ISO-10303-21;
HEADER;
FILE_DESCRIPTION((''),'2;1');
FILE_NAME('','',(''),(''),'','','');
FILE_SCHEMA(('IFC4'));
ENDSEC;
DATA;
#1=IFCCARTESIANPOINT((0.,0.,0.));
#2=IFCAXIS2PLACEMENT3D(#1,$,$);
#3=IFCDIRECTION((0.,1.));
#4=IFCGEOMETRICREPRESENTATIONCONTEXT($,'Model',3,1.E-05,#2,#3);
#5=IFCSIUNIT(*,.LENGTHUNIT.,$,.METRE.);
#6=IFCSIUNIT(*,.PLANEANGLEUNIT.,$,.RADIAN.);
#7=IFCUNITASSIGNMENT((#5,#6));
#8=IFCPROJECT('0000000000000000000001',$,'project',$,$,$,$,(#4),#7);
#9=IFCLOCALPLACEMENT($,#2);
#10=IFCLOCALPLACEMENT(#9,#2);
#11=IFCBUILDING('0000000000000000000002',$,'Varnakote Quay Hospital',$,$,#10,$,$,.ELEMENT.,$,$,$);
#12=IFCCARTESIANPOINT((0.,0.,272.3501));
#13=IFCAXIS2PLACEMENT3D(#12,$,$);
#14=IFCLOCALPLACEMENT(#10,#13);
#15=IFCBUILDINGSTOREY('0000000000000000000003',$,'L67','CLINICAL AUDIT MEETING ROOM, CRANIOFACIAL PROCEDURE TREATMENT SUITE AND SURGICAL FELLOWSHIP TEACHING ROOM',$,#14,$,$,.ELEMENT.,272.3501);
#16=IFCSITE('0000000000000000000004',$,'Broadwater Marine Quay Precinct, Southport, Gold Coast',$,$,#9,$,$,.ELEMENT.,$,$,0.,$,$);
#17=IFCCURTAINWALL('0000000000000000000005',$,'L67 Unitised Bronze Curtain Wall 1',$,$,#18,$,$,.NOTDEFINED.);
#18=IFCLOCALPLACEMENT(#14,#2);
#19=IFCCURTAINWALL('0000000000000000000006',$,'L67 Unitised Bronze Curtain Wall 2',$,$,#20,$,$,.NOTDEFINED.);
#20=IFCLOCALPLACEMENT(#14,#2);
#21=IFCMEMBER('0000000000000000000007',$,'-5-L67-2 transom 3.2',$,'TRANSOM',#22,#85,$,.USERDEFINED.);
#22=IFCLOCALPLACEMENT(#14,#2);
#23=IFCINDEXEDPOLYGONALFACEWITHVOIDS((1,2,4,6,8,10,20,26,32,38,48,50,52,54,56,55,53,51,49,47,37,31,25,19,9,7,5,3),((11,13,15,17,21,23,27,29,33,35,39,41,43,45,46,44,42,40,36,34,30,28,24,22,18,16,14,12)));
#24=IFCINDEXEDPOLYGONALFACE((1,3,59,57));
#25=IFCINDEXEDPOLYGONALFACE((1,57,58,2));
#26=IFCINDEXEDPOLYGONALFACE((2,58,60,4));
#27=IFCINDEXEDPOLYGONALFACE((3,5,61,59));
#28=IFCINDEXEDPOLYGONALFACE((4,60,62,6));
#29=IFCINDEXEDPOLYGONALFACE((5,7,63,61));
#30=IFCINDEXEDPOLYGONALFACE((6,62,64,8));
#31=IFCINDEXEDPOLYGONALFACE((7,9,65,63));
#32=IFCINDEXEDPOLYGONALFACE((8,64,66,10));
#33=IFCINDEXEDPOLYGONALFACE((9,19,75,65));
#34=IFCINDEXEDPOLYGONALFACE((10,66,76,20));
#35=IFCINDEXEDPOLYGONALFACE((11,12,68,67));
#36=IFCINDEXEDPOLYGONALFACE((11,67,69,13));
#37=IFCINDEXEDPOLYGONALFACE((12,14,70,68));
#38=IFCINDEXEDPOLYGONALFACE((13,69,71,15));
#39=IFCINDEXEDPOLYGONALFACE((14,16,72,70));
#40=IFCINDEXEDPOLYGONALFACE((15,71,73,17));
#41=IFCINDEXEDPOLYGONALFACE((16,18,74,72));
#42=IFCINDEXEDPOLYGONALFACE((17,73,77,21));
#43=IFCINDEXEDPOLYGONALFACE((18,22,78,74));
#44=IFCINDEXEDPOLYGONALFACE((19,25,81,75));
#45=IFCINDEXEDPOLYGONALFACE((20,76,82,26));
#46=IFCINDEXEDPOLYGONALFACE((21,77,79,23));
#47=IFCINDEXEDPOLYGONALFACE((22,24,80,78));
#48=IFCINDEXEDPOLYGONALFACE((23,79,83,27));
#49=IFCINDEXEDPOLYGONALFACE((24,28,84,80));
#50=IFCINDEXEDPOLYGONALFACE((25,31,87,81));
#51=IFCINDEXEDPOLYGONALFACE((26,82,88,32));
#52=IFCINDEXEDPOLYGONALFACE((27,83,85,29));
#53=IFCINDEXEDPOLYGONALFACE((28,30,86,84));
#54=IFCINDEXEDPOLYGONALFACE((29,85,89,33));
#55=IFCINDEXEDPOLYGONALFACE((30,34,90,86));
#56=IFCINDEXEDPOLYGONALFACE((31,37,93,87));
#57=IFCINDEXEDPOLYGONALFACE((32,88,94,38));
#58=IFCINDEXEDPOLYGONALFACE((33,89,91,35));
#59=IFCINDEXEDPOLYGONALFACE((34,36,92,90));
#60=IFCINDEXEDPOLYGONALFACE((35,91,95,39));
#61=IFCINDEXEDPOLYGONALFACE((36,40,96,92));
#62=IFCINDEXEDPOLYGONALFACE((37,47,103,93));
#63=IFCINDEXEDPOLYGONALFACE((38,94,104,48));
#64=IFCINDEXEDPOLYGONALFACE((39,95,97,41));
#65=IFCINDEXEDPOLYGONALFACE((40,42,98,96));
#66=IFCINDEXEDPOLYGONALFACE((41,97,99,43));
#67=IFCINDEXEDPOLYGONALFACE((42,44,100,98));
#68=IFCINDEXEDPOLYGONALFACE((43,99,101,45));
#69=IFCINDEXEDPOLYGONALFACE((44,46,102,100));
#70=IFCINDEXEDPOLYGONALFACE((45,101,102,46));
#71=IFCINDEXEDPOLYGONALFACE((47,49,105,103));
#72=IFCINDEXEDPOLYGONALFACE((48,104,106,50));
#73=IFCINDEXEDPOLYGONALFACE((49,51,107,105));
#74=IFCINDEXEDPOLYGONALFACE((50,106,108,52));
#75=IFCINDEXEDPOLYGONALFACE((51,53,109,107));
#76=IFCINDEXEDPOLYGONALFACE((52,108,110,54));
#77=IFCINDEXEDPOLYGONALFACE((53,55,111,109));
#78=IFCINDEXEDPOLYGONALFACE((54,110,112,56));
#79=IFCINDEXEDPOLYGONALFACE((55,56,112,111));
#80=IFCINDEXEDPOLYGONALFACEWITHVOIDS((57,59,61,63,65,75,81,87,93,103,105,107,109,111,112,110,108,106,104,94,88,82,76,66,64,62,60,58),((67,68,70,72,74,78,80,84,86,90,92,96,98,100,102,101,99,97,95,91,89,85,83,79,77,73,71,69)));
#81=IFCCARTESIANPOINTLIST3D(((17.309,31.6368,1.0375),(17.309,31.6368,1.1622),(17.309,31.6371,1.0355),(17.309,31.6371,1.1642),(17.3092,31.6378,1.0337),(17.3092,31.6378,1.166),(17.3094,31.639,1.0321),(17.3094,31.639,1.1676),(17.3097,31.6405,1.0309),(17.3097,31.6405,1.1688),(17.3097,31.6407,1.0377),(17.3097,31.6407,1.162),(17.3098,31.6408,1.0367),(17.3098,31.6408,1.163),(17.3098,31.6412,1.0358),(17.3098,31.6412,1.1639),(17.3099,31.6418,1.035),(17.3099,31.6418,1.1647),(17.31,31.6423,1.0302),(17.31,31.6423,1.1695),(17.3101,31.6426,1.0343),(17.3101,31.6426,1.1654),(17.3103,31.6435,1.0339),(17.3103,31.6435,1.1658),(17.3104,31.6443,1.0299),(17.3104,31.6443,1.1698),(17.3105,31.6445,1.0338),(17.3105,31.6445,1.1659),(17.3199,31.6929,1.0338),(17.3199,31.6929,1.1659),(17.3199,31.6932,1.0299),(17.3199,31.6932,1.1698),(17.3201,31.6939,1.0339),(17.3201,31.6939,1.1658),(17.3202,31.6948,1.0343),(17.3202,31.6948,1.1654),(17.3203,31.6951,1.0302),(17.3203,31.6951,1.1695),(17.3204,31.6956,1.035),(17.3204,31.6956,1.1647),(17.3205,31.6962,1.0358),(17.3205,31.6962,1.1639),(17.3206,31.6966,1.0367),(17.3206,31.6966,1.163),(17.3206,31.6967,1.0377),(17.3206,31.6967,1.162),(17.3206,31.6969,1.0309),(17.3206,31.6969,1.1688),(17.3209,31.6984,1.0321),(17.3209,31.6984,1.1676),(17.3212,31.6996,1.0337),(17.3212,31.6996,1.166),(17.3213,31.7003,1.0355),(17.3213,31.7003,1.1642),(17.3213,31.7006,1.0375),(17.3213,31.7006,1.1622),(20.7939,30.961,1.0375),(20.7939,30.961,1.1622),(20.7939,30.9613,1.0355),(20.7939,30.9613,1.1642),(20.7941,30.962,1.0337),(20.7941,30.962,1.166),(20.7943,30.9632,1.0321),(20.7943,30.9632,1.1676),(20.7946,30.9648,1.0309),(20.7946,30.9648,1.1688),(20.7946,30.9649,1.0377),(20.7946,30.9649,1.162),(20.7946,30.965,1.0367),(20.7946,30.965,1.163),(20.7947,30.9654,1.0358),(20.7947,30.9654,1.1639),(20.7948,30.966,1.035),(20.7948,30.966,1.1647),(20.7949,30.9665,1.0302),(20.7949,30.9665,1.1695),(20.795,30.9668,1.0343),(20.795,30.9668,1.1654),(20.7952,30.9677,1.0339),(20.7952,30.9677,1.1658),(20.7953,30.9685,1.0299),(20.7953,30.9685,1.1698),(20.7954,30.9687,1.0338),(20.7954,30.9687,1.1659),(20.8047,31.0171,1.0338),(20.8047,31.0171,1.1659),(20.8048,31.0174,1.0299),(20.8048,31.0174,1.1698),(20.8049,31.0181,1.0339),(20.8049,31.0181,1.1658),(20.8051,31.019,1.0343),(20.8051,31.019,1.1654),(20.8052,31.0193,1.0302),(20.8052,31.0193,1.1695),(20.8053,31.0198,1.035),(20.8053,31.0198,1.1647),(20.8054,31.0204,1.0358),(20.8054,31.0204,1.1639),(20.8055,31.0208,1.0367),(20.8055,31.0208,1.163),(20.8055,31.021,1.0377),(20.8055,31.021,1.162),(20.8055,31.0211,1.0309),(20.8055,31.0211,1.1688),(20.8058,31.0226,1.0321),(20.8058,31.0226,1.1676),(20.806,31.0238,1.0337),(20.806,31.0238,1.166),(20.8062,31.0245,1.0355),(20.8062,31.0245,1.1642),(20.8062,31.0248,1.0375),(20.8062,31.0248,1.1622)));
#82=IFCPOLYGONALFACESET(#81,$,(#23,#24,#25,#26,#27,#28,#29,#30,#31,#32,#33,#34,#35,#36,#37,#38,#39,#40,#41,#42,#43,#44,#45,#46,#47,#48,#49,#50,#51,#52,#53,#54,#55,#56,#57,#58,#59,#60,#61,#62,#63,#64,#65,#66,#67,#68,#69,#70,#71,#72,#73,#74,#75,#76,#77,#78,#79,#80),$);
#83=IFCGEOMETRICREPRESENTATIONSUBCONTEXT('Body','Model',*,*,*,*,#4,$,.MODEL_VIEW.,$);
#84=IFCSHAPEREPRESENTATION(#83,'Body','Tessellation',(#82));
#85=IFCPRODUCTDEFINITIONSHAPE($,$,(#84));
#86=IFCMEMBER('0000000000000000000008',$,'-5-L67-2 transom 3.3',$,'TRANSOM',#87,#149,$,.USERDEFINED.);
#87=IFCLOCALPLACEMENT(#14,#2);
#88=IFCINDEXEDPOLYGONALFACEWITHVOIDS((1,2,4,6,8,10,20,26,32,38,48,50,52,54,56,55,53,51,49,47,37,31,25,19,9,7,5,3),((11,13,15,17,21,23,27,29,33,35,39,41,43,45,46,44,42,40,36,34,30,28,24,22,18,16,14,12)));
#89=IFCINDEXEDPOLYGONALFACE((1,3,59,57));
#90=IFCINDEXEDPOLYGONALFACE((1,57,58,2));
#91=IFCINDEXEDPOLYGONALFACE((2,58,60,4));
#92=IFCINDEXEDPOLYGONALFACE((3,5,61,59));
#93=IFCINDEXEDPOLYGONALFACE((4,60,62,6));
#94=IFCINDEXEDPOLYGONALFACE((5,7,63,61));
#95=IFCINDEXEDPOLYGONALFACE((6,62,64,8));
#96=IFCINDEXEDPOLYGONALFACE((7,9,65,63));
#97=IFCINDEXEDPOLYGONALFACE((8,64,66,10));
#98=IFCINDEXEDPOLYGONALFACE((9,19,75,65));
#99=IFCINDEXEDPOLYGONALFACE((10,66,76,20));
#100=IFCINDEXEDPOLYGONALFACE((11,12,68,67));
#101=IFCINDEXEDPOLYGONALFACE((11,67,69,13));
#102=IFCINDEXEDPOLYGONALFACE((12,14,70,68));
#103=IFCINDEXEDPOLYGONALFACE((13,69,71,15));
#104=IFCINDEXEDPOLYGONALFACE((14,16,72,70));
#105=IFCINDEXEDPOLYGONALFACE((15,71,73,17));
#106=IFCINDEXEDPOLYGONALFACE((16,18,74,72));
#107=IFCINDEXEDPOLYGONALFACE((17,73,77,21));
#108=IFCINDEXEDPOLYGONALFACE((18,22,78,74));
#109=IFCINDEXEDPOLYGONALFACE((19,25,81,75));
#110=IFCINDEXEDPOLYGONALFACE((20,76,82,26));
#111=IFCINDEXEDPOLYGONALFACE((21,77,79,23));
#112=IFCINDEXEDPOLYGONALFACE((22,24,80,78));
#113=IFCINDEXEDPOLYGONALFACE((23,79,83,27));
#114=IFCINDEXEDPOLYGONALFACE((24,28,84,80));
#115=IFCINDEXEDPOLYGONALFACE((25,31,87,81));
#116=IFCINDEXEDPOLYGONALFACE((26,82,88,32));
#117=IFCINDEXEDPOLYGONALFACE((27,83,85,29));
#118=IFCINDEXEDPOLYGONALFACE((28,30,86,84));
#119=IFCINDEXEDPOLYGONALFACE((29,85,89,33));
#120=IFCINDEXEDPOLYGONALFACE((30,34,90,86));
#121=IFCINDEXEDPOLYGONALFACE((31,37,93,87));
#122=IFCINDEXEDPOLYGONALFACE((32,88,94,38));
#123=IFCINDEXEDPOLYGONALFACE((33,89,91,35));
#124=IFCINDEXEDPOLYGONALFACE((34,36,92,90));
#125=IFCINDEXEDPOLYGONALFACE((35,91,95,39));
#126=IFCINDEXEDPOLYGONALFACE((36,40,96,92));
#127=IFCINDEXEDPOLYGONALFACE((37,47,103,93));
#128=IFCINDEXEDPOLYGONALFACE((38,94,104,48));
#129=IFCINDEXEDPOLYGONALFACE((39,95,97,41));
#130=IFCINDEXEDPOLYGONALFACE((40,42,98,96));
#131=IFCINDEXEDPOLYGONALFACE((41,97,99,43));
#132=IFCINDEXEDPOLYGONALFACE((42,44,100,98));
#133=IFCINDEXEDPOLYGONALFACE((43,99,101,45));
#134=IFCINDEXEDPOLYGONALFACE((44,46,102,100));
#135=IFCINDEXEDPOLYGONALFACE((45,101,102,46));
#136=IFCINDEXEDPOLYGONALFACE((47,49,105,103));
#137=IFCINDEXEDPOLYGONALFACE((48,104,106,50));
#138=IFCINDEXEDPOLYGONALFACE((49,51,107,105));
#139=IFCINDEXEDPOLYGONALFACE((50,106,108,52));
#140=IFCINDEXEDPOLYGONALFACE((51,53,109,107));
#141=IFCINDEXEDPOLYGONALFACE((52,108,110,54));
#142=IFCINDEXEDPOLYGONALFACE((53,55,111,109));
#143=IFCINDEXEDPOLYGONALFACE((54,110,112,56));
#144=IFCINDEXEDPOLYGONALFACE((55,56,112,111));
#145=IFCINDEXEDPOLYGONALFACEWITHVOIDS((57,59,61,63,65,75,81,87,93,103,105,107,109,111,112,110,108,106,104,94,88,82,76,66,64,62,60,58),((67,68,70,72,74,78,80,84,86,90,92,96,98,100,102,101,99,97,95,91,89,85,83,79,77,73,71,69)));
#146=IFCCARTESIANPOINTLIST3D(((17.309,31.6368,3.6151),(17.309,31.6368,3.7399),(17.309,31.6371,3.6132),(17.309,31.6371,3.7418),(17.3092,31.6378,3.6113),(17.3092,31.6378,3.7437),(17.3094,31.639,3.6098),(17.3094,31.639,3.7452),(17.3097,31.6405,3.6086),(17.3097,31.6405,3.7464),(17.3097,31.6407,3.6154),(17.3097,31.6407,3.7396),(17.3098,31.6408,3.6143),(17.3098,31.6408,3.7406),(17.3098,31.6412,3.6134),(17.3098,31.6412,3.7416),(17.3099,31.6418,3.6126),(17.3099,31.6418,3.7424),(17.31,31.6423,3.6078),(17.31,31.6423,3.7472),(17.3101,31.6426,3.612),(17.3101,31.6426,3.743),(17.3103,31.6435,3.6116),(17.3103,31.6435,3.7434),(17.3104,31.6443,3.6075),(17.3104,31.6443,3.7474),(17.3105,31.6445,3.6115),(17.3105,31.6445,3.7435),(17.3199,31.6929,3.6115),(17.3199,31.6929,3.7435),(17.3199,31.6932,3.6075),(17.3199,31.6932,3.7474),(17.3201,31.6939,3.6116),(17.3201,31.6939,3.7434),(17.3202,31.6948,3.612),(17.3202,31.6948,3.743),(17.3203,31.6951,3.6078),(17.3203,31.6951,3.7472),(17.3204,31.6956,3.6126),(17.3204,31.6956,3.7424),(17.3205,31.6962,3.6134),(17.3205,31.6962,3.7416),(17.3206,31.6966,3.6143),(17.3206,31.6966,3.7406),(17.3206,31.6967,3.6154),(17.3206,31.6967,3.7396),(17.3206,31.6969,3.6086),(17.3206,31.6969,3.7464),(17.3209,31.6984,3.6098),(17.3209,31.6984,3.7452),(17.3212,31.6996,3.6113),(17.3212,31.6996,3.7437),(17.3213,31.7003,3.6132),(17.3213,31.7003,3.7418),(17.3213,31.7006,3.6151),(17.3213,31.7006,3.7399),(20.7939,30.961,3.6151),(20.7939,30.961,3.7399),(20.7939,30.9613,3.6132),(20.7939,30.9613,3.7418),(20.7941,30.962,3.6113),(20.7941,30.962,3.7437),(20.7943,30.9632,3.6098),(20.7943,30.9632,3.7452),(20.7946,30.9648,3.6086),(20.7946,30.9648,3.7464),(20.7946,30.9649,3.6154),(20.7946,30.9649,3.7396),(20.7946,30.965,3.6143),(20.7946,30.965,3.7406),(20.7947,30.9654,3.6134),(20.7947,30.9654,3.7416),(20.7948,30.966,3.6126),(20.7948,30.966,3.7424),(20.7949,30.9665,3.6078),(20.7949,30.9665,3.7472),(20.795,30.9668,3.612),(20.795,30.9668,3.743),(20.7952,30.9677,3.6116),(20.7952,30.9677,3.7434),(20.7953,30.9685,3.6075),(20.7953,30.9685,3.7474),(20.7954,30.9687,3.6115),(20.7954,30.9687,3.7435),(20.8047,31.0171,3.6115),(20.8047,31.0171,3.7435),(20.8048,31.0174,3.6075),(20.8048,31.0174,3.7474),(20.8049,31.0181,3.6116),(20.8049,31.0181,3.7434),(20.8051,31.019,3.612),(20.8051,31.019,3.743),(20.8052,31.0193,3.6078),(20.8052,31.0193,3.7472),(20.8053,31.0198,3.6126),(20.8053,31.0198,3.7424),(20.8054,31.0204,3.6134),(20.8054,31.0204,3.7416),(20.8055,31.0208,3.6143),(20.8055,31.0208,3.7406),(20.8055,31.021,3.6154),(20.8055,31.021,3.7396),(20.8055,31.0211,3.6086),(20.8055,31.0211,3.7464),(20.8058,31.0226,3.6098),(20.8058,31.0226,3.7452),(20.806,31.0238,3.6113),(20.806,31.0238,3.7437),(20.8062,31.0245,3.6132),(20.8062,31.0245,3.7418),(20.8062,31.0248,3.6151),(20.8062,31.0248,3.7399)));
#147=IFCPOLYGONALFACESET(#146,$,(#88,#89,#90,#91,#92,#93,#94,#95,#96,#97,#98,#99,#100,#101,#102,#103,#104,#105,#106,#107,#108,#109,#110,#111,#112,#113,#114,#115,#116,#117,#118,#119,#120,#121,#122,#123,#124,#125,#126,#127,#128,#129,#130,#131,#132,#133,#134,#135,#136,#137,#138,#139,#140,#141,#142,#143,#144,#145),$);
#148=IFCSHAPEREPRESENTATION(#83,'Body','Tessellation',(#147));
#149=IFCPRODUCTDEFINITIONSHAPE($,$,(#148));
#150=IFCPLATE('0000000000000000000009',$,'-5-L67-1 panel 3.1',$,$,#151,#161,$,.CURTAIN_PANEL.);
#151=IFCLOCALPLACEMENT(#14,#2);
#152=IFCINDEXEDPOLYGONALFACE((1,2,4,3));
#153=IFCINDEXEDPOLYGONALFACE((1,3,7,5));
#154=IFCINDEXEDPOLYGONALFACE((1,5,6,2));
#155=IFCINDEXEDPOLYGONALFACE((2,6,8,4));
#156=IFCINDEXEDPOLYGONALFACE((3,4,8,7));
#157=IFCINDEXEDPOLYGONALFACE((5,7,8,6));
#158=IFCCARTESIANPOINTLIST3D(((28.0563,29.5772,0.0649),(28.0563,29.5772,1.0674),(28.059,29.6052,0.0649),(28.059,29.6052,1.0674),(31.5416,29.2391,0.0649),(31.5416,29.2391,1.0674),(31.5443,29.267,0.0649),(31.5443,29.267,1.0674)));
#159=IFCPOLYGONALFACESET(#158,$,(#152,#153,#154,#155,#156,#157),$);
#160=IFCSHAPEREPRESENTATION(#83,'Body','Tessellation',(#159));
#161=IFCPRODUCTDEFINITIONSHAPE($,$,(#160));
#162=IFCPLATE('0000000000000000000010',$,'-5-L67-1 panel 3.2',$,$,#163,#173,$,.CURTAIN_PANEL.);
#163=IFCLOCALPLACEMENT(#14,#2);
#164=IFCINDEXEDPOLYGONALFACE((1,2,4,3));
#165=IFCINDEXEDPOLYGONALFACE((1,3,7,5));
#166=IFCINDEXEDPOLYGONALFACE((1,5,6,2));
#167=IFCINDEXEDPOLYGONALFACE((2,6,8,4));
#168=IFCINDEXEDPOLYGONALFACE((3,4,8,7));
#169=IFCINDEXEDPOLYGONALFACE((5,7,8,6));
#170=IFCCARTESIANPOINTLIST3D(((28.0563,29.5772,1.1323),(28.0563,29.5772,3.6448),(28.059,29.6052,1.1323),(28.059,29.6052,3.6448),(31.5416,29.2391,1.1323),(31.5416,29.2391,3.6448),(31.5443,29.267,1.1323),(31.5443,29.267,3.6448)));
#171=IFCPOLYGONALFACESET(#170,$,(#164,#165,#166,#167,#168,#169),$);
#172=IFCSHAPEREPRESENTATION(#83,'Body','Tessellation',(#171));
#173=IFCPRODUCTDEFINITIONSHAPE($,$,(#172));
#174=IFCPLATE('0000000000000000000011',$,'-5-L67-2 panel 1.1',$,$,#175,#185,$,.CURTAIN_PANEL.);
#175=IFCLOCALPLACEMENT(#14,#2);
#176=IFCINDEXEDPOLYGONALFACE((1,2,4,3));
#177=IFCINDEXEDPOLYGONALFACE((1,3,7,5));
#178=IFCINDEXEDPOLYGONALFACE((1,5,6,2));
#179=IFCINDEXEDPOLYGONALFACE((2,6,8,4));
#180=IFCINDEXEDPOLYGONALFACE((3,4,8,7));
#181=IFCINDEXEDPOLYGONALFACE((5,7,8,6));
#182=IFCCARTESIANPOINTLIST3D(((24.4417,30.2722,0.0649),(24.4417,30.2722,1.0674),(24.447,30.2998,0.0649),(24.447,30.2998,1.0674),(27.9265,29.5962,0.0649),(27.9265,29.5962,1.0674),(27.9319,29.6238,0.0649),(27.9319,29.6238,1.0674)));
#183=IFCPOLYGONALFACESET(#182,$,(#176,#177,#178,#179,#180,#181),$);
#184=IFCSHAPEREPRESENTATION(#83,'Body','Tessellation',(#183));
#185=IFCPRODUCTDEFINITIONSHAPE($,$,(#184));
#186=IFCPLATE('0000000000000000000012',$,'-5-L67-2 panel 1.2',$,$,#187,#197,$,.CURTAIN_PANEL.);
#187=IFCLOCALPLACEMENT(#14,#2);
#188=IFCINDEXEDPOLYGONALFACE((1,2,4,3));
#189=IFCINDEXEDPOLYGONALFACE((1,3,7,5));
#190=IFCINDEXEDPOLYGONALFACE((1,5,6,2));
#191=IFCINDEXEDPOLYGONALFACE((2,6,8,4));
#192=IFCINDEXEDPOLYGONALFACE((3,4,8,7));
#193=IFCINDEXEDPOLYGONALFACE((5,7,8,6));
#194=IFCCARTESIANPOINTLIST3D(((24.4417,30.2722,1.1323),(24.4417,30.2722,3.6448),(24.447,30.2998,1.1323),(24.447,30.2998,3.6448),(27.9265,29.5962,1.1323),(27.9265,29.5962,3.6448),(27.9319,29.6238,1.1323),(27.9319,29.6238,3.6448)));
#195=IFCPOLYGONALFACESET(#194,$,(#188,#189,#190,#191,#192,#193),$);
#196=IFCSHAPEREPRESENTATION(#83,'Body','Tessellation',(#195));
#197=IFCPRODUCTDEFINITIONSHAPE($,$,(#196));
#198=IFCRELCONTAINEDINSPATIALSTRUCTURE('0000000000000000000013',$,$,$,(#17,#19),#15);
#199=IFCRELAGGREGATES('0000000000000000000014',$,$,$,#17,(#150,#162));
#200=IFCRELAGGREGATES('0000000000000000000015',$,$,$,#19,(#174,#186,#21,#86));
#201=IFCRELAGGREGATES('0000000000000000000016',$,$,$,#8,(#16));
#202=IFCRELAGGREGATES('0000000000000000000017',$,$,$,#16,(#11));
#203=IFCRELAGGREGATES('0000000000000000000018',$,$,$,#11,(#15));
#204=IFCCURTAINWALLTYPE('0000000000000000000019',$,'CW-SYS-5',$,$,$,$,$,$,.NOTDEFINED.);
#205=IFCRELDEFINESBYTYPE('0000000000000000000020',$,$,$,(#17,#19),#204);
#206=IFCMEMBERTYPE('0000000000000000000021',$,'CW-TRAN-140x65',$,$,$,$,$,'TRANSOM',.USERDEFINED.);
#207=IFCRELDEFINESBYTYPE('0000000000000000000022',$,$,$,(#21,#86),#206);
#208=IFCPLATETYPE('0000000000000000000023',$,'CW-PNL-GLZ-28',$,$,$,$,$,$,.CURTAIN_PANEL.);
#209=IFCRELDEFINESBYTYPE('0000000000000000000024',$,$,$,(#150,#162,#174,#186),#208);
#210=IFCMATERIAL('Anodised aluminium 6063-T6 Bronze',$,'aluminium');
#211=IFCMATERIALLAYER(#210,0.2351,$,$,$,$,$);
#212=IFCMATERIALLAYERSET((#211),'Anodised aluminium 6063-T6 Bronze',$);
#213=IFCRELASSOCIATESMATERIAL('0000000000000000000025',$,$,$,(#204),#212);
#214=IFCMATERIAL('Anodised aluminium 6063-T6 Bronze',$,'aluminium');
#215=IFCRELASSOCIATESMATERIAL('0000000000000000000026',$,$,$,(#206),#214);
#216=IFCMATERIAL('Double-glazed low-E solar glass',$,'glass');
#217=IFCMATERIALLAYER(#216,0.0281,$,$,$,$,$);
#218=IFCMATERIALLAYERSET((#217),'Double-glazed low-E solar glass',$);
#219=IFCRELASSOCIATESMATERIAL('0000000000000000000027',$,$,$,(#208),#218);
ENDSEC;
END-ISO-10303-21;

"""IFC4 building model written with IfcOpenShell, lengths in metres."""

from ifc_helpers import new_model, si_unit, direction, frame, origin, origin_2d, place, context, subcontext, project, spatial, rectangle, hollow_rectangle, extrude, material, layer, layer_set, material_profile, profile_set, type_object, element, aggregate, save


model = new_model("IFC4")

# Units and contexts
model_context = context("Model", 3, precision=1e-05, world=origin(), true_north=direction((0.0, 1.0)))
body_context = subcontext(model_context, "Body", "Model", "MODEL_VIEW")
ifc_project = project(units=[si_unit("LENGTHUNIT", "METRE"), si_unit("PLANEANGLEUNIT", "RADIAN")], contexts=[model_context])

# Site, building, storey
site_placement = place(None, origin())
site = spatial("IfcSite", under=ifc_project, at=site_placement, Name="Broadwater Marine Quay Precinct, Southport, Gold Coast", CompositionType="ELEMENT", RefElevation=0.0)
building_placement = place(site_placement, origin())
building = spatial("IfcBuilding", under=site, at=building_placement, Name="Varnakote Quay Hospital", CompositionType="ELEMENT")
storey_placement = place(building_placement, frame((0.0, 0.0, 272.3501)))
storey = spatial("IfcBuildingStorey", under=building, at=storey_placement, Name="L67", Description="CLINICAL AUDIT MEETING ROOM, CRANIOFACIAL PROCEDURE TREATMENT SUITE AND SURGICAL FELLOWSHIP TEACHING ROOM", CompositionType="ELEMENT", Elevation=272.3501)

# Curtain wall
ifc_material_1 = material(Name="Anodised aluminium 6063-T6 Bronze", Category="aluminium")
ifc_layer_1 = layer(ifc_material_1, 0.2351)
ifc_layer_set_1 = layer_set([ifc_layer_1], Name="Anodised aluminium 6063-T6 Bronze")
curtain_wall_type = type_object("IfcCurtainWallType", Name="CW-SYS-5", PredefinedType="NOTDEFINED", material=ifc_layer_set_1)
curtain_wall_1_placement = place(storey_placement, origin())
curtain_wall_1 = element("IfcCurtainWall", 1, at=curtain_wall_1_placement, inside=storey, type_object=curtain_wall_type, Name="L67 Unitised Bronze Curtain Wall 1", PredefinedType="NOTDEFINED")

# Curtain wall, members
curtain_wall_2_placement = place(storey_placement, origin())
curtain_wall_2 = element("IfcCurtainWall", 2, at=curtain_wall_2_placement, inside=storey, type_object=curtain_wall_type, Name="L67 Unitised Bronze Curtain Wall 2", PredefinedType="NOTDEFINED")
ifc_material_2 = material(Name="Anodised aluminium 6063-T6 Bronze", Category="aluminium")
ifc_material_profile_1 = material_profile(ifc_material_2, hollow_rectangle(XDim=0.0649, YDim=0.1399, WallThickness=0.0039, InnerFilletRadius=0.0039, OuterFilletRadius=0.0076, at=origin_2d()), Name="CW-TRAN-140x65")
ifc_profile_set_1 = profile_set([ifc_material_profile_1], Name="Anodised aluminium 6063-T6 Bronze")
member_type_1 = type_object("IfcMemberType", Name="CW-TRAN-140x65", ElementType="TRANSOM", PredefinedType="USERDEFINED", material=ifc_profile_set_1)
member_1_placement = place(storey_placement, frame((20.8, 30.9929, 1.0999), z_axis=(-0.981712, 0.190373, 0.0), x_axis=(-0.190373, -0.981712, 0.0)))
member_1 = element("IfcMember", 3, at=member_1_placement, type_object=member_type_1, Name="-5-L67-2 transom 3.2", ObjectType="TRANSOM", PredefinedType="USERDEFINED", context=body_context, shape_type="SweptSolid", body=[
    extrude(hollow_rectangle(XDim=0.0649, YDim=0.1399, WallThickness=0.0039, InnerFilletRadius=0.0039, OuterFilletRadius=0.0076, at=origin_2d()), origin(), (0.0, 0.0, 1.0), 3.5498),
])
member_2_placement = place(storey_placement, frame((20.8, 30.9929, 3.6775), z_axis=(-0.981712, 0.190373, 0.0), x_axis=(-0.190373, -0.981712, 0.0)))
member_2 = element("IfcMember", 4, at=member_2_placement, type_object=member_type_1, Name="-5-L67-2 transom 3.3", ObjectType="TRANSOM", PredefinedType="USERDEFINED", context=body_context, shape_type="SweptSolid", body=[
    extrude(hollow_rectangle(XDim=0.0649, YDim=0.1399, WallThickness=0.0039, InnerFilletRadius=0.0039, OuterFilletRadius=0.0076, at=origin_2d()), origin(), (0.0, 0.0, 1.0), 3.5498),
])

# Plates
ifc_material_3 = material(Name="Double-glazed low-E solar glass", Category="glass")
ifc_layer_2 = layer(ifc_material_3, 0.0281)
ifc_layer_set_2 = layer_set([ifc_layer_2], Name="Double-glazed low-E solar glass")
plate_type = type_object("IfcPlateType", Name="CW-PNL-GLZ-28", PredefinedType="CURTAIN_PANEL", material=ifc_layer_set_2)
plate_1_placement = place(storey_placement, frame((29.8003, 29.4221, 0.0649), z_axis=(0.0, 0.0, 1.0), x_axis=(-0.995326, 0.096569, 0.0)))
plate_1 = element("IfcPlate", 5, at=plate_1_placement, type_object=plate_type, Name="-5-L67-1 panel 3.1", PredefinedType="CURTAIN_PANEL", context=body_context, shape_type="SweptSolid", body=[
    extrude(rectangle(XDim=3.5017, YDim=0.0281, at=origin_2d()), origin(), (0.0, 0.0, 1.0), 1.0024),
])
plate_2_placement = place(storey_placement, frame((29.8003, 29.4221, 1.1323), z_axis=(0.0, 0.0, 1.0), x_axis=(-0.995326, 0.096569, 0.0)))
plate_2 = element("IfcPlate", 6, at=plate_2_placement, type_object=plate_type, Name="-5-L67-1 panel 3.2", PredefinedType="CURTAIN_PANEL", context=body_context, shape_type="SweptSolid", body=[
    extrude(rectangle(XDim=3.5017, YDim=0.0281, at=origin_2d()), origin(), (0.0, 0.0, 1.0), 2.5125),
])
aggregate(curtain_wall_1, [plate_1, plate_2])
plate_3_placement = place(storey_placement, frame((26.1868, 29.948, 0.0649), z_axis=(0.0, 0.0, 1.0), x_axis=(-0.9817, 0.190434, 0.0)))
plate_3 = element("IfcPlate", 7, at=plate_3_placement, type_object=plate_type, Name="-5-L67-2 panel 1.1", PredefinedType="CURTAIN_PANEL", context=body_context, shape_type="SweptSolid", body=[
    extrude(rectangle(XDim=3.5498, YDim=0.0281, at=origin_2d()), origin(), (0.0, 0.0, 1.0), 1.0024),
])
plate_4_placement = place(storey_placement, frame((26.1868, 29.948, 1.1323), z_axis=(0.0, 0.0, 1.0), x_axis=(-0.9817, 0.190434, 0.0)))
plate_4 = element("IfcPlate", 8, at=plate_4_placement, type_object=plate_type, Name="-5-L67-2 panel 1.2", PredefinedType="CURTAIN_PANEL", context=body_context, shape_type="SweptSolid", body=[
    extrude(rectangle(XDim=3.5498, YDim=0.0281, at=origin_2d()), origin(), (0.0, 0.0, 1.0), 2.5125),
])
aggregate(curtain_wall_2, [plate_3, plate_4, member_1, member_2])

save(model, "model.ifc")
